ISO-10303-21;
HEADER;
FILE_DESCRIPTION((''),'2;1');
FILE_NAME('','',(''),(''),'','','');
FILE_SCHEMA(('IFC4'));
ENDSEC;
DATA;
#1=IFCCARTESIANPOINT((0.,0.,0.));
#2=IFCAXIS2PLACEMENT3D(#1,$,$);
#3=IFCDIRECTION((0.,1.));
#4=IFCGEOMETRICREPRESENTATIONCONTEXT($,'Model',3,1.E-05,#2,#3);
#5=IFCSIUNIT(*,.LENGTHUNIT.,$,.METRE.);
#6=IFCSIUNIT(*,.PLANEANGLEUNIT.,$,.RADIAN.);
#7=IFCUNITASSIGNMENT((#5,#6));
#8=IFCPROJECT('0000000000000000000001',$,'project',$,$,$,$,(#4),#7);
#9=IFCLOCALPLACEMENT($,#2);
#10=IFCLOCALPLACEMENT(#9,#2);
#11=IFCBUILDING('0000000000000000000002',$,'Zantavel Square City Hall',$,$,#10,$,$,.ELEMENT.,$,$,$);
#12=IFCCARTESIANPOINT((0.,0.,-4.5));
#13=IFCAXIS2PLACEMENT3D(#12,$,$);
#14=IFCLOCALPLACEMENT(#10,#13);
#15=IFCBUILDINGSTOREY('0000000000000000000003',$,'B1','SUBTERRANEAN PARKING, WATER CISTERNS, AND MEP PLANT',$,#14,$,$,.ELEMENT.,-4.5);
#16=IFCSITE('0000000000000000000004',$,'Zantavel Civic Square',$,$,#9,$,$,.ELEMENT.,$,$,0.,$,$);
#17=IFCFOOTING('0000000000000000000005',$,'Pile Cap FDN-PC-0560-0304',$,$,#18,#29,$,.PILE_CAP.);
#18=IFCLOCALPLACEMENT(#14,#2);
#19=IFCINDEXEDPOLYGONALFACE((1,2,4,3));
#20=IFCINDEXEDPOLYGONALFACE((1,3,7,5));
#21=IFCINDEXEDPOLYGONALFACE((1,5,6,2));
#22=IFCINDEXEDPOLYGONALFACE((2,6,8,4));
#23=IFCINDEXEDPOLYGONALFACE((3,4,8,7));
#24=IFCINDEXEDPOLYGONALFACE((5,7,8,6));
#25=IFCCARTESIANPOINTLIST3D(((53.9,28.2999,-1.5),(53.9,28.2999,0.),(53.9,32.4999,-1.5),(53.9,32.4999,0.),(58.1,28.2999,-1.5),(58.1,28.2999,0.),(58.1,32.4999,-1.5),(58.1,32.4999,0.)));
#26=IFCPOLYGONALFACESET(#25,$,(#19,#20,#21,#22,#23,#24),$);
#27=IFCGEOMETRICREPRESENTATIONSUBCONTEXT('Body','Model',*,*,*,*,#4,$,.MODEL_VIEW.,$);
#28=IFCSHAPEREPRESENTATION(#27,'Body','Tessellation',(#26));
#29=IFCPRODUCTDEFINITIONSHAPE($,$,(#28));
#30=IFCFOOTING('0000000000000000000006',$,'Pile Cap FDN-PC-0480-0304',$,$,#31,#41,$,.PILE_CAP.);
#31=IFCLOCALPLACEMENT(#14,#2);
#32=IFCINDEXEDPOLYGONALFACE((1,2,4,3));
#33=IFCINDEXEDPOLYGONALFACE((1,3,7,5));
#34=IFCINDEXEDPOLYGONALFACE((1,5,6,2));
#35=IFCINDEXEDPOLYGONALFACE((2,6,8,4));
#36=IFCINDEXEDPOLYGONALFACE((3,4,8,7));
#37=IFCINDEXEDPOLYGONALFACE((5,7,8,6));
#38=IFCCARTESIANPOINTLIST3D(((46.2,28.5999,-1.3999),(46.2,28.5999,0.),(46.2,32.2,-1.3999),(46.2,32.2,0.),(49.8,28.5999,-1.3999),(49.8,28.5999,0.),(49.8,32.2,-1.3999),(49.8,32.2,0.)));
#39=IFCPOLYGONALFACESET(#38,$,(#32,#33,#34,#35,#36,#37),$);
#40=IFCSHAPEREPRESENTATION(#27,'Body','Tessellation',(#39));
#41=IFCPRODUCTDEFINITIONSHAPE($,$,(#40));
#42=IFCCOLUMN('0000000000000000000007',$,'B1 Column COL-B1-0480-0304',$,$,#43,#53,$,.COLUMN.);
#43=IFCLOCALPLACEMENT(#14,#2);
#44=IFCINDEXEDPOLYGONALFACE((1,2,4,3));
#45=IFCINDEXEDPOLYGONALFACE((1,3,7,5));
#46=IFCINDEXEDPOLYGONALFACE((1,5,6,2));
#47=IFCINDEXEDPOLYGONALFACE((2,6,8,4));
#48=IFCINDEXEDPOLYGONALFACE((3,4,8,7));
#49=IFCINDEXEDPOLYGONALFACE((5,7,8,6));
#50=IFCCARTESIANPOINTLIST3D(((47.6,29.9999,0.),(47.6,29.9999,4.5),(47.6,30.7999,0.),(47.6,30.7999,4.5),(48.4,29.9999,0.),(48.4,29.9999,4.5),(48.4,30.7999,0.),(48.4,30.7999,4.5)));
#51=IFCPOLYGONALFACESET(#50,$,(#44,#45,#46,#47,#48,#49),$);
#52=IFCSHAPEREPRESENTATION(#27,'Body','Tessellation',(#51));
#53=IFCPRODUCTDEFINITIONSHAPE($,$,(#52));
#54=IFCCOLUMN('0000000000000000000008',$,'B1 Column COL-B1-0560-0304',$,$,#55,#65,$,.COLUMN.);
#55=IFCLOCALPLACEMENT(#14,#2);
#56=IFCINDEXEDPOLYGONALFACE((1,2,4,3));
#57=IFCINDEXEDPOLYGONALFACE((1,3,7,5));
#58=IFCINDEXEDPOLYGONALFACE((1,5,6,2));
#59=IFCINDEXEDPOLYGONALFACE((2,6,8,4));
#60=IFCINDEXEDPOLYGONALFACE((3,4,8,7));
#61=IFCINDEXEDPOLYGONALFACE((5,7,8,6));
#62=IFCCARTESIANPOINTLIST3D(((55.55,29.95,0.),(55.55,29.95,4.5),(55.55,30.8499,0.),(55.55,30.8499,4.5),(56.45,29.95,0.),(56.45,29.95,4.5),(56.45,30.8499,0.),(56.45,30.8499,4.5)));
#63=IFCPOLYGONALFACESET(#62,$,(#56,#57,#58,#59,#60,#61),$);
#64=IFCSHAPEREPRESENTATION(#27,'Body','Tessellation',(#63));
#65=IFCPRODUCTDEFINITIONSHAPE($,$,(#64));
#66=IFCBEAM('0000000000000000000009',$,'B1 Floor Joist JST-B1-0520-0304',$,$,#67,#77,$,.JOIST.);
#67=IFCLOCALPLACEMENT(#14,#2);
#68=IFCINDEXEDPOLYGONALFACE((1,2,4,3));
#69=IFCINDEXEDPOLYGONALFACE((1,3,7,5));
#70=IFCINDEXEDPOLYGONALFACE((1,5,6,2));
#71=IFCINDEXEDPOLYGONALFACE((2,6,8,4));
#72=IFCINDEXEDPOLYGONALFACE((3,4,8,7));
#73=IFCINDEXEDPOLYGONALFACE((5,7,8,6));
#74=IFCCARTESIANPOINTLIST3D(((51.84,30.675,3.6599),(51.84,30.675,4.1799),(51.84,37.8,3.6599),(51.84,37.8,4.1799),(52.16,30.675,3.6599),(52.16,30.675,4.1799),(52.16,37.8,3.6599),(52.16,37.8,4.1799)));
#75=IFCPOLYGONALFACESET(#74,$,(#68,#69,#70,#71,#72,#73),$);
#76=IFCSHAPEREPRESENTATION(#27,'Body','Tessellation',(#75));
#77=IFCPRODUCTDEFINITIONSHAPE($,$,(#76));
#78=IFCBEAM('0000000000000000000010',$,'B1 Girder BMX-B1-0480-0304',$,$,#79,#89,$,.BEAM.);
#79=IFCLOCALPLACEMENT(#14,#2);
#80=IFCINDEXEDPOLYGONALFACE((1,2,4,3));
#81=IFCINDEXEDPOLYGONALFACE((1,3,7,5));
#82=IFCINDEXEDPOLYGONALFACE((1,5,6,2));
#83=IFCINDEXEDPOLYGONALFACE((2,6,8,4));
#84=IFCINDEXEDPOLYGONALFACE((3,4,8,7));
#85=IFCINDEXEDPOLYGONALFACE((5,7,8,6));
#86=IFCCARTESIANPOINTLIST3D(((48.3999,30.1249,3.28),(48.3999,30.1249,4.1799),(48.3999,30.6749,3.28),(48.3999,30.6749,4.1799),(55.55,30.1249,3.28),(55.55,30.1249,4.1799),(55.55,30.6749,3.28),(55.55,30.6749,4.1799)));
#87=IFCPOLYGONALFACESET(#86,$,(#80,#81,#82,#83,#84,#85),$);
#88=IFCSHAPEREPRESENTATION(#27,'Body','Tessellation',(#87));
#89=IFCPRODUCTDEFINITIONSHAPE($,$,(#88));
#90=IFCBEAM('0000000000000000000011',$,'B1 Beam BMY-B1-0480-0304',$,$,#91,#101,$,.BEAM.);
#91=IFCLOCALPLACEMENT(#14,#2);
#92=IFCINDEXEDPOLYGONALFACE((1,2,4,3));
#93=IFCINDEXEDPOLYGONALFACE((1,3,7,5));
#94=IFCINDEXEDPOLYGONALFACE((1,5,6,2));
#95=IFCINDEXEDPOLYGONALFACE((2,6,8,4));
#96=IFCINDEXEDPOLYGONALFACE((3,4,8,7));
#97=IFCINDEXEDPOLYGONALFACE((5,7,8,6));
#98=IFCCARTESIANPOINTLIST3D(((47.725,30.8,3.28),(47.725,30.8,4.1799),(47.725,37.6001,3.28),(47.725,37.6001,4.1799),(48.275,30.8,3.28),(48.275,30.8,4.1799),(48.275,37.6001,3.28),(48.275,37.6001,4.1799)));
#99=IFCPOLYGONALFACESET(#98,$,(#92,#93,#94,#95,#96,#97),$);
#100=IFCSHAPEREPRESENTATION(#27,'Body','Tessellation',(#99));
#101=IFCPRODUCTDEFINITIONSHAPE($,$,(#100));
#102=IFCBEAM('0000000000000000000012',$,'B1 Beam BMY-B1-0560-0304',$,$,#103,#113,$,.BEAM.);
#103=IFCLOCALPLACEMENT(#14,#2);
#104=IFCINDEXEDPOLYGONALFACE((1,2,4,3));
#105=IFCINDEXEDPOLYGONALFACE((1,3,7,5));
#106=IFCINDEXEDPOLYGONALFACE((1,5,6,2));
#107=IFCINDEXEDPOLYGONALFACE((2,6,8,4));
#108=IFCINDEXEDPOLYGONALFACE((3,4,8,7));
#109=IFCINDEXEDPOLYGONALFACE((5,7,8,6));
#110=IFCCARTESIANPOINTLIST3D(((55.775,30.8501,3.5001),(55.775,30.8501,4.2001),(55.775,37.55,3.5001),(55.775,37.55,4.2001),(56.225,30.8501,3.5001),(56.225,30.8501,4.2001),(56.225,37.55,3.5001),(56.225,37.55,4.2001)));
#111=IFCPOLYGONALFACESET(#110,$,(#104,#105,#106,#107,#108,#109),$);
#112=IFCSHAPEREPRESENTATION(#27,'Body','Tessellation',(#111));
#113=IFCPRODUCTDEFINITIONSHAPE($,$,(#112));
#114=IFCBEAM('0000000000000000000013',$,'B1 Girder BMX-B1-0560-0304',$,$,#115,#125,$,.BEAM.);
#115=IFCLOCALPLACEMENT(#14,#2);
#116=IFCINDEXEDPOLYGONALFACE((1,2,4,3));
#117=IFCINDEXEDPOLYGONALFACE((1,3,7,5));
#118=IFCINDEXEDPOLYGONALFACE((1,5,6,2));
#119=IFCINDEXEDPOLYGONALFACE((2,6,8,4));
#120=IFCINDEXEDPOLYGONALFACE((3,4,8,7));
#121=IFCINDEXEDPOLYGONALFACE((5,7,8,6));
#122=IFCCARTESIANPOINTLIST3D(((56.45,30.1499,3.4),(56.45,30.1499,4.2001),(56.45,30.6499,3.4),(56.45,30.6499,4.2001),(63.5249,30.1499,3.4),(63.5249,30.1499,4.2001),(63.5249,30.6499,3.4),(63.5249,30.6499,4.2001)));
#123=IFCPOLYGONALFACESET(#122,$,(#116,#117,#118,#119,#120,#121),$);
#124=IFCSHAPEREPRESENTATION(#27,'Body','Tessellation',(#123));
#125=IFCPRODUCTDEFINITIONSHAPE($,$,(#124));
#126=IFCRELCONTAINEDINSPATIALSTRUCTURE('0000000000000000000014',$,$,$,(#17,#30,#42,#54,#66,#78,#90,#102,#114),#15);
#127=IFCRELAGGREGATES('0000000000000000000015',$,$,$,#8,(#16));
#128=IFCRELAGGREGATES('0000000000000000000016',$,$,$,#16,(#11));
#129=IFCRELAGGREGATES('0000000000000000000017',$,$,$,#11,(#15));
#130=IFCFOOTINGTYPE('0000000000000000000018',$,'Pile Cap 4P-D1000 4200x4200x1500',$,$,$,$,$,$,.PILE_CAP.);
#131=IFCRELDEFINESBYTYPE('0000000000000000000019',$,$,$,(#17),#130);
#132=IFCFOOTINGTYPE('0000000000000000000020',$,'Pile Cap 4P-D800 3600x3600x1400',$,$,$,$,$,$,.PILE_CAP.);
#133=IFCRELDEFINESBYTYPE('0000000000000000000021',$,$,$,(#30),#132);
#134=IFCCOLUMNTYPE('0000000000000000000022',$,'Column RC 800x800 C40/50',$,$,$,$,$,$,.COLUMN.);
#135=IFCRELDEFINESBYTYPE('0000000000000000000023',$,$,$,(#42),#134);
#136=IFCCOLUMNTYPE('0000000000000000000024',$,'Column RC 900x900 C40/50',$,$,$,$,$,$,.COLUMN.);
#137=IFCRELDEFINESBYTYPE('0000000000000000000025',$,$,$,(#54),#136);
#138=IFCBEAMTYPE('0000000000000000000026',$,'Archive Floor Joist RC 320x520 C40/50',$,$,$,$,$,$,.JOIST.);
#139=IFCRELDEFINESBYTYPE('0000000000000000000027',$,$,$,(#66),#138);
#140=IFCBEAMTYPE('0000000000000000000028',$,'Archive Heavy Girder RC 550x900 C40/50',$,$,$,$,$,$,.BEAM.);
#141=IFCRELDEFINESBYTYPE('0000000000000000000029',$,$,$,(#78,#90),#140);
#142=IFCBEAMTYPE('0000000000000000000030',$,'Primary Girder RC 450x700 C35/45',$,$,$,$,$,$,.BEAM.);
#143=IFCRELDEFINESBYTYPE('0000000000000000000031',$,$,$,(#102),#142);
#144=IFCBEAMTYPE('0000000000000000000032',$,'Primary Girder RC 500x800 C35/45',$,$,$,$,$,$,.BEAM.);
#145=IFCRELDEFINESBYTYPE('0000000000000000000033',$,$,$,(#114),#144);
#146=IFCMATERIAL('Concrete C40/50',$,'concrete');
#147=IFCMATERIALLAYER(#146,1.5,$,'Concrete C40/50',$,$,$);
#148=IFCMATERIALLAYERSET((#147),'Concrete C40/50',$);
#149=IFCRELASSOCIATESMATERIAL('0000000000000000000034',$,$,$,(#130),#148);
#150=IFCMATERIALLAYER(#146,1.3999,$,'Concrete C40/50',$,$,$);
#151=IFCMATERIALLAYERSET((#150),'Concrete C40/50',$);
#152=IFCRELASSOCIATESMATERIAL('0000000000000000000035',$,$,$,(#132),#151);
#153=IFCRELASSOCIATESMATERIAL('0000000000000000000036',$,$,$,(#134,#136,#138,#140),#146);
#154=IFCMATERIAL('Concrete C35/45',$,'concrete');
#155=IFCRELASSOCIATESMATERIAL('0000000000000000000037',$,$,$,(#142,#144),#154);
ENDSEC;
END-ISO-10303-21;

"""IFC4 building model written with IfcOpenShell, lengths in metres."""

from ifc_helpers import new_model, si_unit, direction, frame, origin, origin_2d, place, context, subcontext, project, spatial, rectangle, extrude, material, layer, layer_set, material_profile, profile_set, type_object, element, save


model = new_model("IFC4")

# Units and contexts
model_context = context("Model", 3, precision=1e-05, world=origin(), true_north=direction((0.0, 1.0)))
body_context = subcontext(model_context, "Body", "Model", "MODEL_VIEW")
ifc_project = project(units=[si_unit("LENGTHUNIT", "METRE"), si_unit("PLANEANGLEUNIT", "RADIAN")], contexts=[model_context])

# Site, building, storey
site_placement = place(None, origin())
site = spatial("IfcSite", under=ifc_project, at=site_placement, Name="Zantavel Civic Square", CompositionType="ELEMENT", RefElevation=0.0)
building_placement = place(site_placement, origin())
building = spatial("IfcBuilding", under=site, at=building_placement, Name="Zantavel Square City Hall", CompositionType="ELEMENT")
storey_placement = place(building_placement, frame((0.0, 0.0, -4.5)))
storey = spatial("IfcBuildingStorey", under=building, at=storey_placement, Name="B1", Description="SUBTERRANEAN PARKING, WATER CISTERNS, AND MEP PLANT", CompositionType="ELEMENT", Elevation=-4.5)

# Shared definitions
ifc_material_1 = material(Name="Concrete C35/45", Category="concrete")

# Footings
ifc_material_2 = material(Name="Concrete C40/50", Category="concrete")
ifc_layer_1 = layer(ifc_material_2, 1.5, Name="Concrete C40/50")
ifc_layer_set_1 = layer_set([ifc_layer_1], Name="Concrete C40/50")
footing_type_1 = type_object("IfcFootingType", Name="Pile Cap 4P-D1000 4200x4200x1500", PredefinedType="PILE_CAP", material=ifc_layer_set_1)
footing_1_placement = place(storey_placement, frame((56.0, 30.3999, -1.5), z_axis=(0.0, 0.0, 1.0), x_axis=(1.0, 0.0, 0.0)))
element("IfcFooting", 1, at=footing_1_placement, inside=storey, type_object=footing_type_1, Name="Pile Cap FDN-PC-0560-0304", PredefinedType="PILE_CAP", context=body_context, shape_type="SweptSolid", body=[
    extrude(rectangle(XDim=4.2, YDim=4.2, at=origin_2d()), origin(), (0.0, 0.0, 1.0), 1.5),
])
ifc_layer_2 = layer(ifc_material_2, 1.3999, Name="Concrete C40/50")
ifc_layer_set_2 = layer_set([ifc_layer_2], Name="Concrete C40/50")
footing_type_2 = type_object("IfcFootingType", Name="Pile Cap 4P-D800 3600x3600x1400", PredefinedType="PILE_CAP", material=ifc_layer_set_2)
footing_2_placement = place(storey_placement, frame((48.0, 30.3999, -1.3999), z_axis=(0.0, 0.0, 1.0), x_axis=(1.0, 0.0, 0.0)))
element("IfcFooting", 2, at=footing_2_placement, inside=storey, type_object=footing_type_2, Name="Pile Cap FDN-PC-0480-0304", PredefinedType="PILE_CAP", context=body_context, shape_type="SweptSolid", body=[
    extrude(rectangle(XDim=3.6001, YDim=3.6001, at=origin_2d()), origin(), (0.0, 0.0, 1.0), 1.3999),
])

# Columns
ifc_material_profile_1 = material_profile(ifc_material_2, rectangle(XDim=0.8, YDim=0.8, at=origin_2d()), Name="RC 800x800")
ifc_profile_set_1 = profile_set([ifc_material_profile_1], Name="Concrete C40/50")
column_type_1 = type_object("IfcColumnType", Name="Column RC 800x800 C40/50", PredefinedType="COLUMN", material=ifc_profile_set_1)
column_1_placement = place(storey_placement, frame((48.0, 30.3999, 0.0), z_axis=(0.0, 0.0, 1.0), x_axis=(1.0, 0.0, 0.0)))
element("IfcColumn", 3, at=column_1_placement, inside=storey, type_object=column_type_1, Name="B1 Column COL-B1-0480-0304", PredefinedType="COLUMN", context=body_context, shape_type="SweptSolid", body=[
    extrude(rectangle(XDim=0.8, YDim=0.8, at=origin_2d()), origin(), (0.0, 0.0, 1.0), 4.5),
])
ifc_material_profile_2 = material_profile(ifc_material_2, rectangle(XDim=0.8999, YDim=0.8999, at=origin_2d()), Name="RC 900x900")
ifc_profile_set_2 = profile_set([ifc_material_profile_2], Name="Concrete C40/50")
column_type_2 = type_object("IfcColumnType", Name="Column RC 900x900 C40/50", PredefinedType="COLUMN", material=ifc_profile_set_2)
column_2_placement = place(storey_placement, frame((56.0, 30.3999, 0.0), z_axis=(0.0, 0.0, 1.0), x_axis=(1.0, 0.0, 0.0)))
element("IfcColumn", 4, at=column_2_placement, inside=storey, type_object=column_type_2, Name="B1 Column COL-B1-0560-0304", PredefinedType="COLUMN", context=body_context, shape_type="SweptSolid", body=[
    extrude(rectangle(XDim=0.8999, YDim=0.8999, at=origin_2d()), origin(), (0.0, 0.0, 1.0), 4.5),
])

# Beams
ifc_material_profile_3 = material_profile(ifc_material_2, rectangle(XDim=0.3201, YDim=0.52, at=origin_2d()), Name="RC 320x520")
ifc_profile_set_3 = profile_set([ifc_material_profile_3], Name="Concrete C40/50")
beam_type_1 = type_object("IfcBeamType", Name="Archive Floor Joist RC 320x520 C40/50", PredefinedType="JOIST", material=ifc_profile_set_3)
beam_1_placement = place(storey_placement, frame((52.0, 30.675, 3.9199), z_axis=(0.0, 1.0, 0.0), x_axis=(-1.0, 0.0, 0.0)))
element("IfcBeam", 5, at=beam_1_placement, inside=storey, type_object=beam_type_1, Name="B1 Floor Joist JST-B1-0520-0304", PredefinedType="JOIST", context=body_context, shape_type="SweptSolid", body=[
    extrude(rectangle(XDim=0.3201, YDim=0.52, at=origin_2d()), origin(), (0.0, 0.0, 1.0), 7.125),
])
ifc_material_profile_4 = material_profile(ifc_material_2, rectangle(XDim=0.55, YDim=0.8999, at=origin_2d()), Name="RC 550x900")
ifc_profile_set_4 = profile_set([ifc_material_profile_4], Name="Concrete C40/50")
beam_type_2 = type_object("IfcBeamType", Name="Archive Heavy Girder RC 550x900 C40/50", PredefinedType="BEAM", material=ifc_profile_set_4)
beam_2_placement = place(storey_placement, frame((48.3999, 30.3999, 3.73), z_axis=(1.0, 0.0, 0.0), x_axis=(0.0, 1.0, 0.0)))
element("IfcBeam", 6, at=beam_2_placement, inside=storey, type_object=beam_type_2, Name="B1 Girder BMX-B1-0480-0304", PredefinedType="BEAM", context=body_context, shape_type="SweptSolid", body=[
    extrude(rectangle(XDim=0.55, YDim=0.8999, at=origin_2d()), origin(), (0.0, 0.0, 1.0), 7.1501),
])
beam_3_placement = place(storey_placement, frame((48.0, 30.8, 3.73), z_axis=(0.0, 1.0, 0.0), x_axis=(-1.0, 0.0, 0.0)))
element("IfcBeam", 7, at=beam_3_placement, inside=storey, type_object=beam_type_2, Name="B1 Beam BMY-B1-0480-0304", PredefinedType="BEAM", context=body_context, shape_type="SweptSolid", body=[
    extrude(rectangle(XDim=0.55, YDim=0.8999, at=origin_2d()), origin(), (0.0, 0.0, 1.0), 6.8),
])
ifc_material_profile_5 = material_profile(ifc_material_1, rectangle(XDim=0.45, YDim=0.7, at=origin_2d()), Name="RC 450x700")
ifc_profile_set_5 = profile_set([ifc_material_profile_5], Name="Concrete C35/45")
beam_type_3 = type_object("IfcBeamType", Name="Primary Girder RC 450x700 C35/45", PredefinedType="BEAM", material=ifc_profile_set_5)
beam_4_placement = place(storey_placement, frame((56.0, 30.8501, 3.8501), z_axis=(0.0, 1.0, 0.0), x_axis=(-1.0, 0.0, 0.0)))
element("IfcBeam", 8, at=beam_4_placement, inside=storey, type_object=beam_type_3, Name="B1 Beam BMY-B1-0560-0304", PredefinedType="BEAM", context=body_context, shape_type="SweptSolid", body=[
    extrude(rectangle(XDim=0.45, YDim=0.7, at=origin_2d()), origin(), (0.0, 0.0, 1.0), 6.7),
])
ifc_material_profile_6 = material_profile(ifc_material_1, rectangle(XDim=0.5, YDim=0.8, at=origin_2d()), Name="RC 500x800")
ifc_profile_set_6 = profile_set([ifc_material_profile_6], Name="Concrete C35/45")
beam_type_4 = type_object("IfcBeamType", Name="Primary Girder RC 500x800 C35/45", PredefinedType="BEAM", material=ifc_profile_set_6)
beam_5_placement = place(storey_placement, frame((56.45, 30.3999, 3.8), z_axis=(1.0, 0.0, 0.0), x_axis=(0.0, 1.0, 0.0)))
element("IfcBeam", 9, at=beam_5_placement, inside=storey, type_object=beam_type_4, Name="B1 Girder BMX-B1-0560-0304", PredefinedType="BEAM", context=body_context, shape_type="SweptSolid", body=[
    extrude(rectangle(XDim=0.5, YDim=0.8, at=origin_2d()), origin(), (0.0, 0.0, 1.0), 7.075),
])

save(model, "model.ifc")
